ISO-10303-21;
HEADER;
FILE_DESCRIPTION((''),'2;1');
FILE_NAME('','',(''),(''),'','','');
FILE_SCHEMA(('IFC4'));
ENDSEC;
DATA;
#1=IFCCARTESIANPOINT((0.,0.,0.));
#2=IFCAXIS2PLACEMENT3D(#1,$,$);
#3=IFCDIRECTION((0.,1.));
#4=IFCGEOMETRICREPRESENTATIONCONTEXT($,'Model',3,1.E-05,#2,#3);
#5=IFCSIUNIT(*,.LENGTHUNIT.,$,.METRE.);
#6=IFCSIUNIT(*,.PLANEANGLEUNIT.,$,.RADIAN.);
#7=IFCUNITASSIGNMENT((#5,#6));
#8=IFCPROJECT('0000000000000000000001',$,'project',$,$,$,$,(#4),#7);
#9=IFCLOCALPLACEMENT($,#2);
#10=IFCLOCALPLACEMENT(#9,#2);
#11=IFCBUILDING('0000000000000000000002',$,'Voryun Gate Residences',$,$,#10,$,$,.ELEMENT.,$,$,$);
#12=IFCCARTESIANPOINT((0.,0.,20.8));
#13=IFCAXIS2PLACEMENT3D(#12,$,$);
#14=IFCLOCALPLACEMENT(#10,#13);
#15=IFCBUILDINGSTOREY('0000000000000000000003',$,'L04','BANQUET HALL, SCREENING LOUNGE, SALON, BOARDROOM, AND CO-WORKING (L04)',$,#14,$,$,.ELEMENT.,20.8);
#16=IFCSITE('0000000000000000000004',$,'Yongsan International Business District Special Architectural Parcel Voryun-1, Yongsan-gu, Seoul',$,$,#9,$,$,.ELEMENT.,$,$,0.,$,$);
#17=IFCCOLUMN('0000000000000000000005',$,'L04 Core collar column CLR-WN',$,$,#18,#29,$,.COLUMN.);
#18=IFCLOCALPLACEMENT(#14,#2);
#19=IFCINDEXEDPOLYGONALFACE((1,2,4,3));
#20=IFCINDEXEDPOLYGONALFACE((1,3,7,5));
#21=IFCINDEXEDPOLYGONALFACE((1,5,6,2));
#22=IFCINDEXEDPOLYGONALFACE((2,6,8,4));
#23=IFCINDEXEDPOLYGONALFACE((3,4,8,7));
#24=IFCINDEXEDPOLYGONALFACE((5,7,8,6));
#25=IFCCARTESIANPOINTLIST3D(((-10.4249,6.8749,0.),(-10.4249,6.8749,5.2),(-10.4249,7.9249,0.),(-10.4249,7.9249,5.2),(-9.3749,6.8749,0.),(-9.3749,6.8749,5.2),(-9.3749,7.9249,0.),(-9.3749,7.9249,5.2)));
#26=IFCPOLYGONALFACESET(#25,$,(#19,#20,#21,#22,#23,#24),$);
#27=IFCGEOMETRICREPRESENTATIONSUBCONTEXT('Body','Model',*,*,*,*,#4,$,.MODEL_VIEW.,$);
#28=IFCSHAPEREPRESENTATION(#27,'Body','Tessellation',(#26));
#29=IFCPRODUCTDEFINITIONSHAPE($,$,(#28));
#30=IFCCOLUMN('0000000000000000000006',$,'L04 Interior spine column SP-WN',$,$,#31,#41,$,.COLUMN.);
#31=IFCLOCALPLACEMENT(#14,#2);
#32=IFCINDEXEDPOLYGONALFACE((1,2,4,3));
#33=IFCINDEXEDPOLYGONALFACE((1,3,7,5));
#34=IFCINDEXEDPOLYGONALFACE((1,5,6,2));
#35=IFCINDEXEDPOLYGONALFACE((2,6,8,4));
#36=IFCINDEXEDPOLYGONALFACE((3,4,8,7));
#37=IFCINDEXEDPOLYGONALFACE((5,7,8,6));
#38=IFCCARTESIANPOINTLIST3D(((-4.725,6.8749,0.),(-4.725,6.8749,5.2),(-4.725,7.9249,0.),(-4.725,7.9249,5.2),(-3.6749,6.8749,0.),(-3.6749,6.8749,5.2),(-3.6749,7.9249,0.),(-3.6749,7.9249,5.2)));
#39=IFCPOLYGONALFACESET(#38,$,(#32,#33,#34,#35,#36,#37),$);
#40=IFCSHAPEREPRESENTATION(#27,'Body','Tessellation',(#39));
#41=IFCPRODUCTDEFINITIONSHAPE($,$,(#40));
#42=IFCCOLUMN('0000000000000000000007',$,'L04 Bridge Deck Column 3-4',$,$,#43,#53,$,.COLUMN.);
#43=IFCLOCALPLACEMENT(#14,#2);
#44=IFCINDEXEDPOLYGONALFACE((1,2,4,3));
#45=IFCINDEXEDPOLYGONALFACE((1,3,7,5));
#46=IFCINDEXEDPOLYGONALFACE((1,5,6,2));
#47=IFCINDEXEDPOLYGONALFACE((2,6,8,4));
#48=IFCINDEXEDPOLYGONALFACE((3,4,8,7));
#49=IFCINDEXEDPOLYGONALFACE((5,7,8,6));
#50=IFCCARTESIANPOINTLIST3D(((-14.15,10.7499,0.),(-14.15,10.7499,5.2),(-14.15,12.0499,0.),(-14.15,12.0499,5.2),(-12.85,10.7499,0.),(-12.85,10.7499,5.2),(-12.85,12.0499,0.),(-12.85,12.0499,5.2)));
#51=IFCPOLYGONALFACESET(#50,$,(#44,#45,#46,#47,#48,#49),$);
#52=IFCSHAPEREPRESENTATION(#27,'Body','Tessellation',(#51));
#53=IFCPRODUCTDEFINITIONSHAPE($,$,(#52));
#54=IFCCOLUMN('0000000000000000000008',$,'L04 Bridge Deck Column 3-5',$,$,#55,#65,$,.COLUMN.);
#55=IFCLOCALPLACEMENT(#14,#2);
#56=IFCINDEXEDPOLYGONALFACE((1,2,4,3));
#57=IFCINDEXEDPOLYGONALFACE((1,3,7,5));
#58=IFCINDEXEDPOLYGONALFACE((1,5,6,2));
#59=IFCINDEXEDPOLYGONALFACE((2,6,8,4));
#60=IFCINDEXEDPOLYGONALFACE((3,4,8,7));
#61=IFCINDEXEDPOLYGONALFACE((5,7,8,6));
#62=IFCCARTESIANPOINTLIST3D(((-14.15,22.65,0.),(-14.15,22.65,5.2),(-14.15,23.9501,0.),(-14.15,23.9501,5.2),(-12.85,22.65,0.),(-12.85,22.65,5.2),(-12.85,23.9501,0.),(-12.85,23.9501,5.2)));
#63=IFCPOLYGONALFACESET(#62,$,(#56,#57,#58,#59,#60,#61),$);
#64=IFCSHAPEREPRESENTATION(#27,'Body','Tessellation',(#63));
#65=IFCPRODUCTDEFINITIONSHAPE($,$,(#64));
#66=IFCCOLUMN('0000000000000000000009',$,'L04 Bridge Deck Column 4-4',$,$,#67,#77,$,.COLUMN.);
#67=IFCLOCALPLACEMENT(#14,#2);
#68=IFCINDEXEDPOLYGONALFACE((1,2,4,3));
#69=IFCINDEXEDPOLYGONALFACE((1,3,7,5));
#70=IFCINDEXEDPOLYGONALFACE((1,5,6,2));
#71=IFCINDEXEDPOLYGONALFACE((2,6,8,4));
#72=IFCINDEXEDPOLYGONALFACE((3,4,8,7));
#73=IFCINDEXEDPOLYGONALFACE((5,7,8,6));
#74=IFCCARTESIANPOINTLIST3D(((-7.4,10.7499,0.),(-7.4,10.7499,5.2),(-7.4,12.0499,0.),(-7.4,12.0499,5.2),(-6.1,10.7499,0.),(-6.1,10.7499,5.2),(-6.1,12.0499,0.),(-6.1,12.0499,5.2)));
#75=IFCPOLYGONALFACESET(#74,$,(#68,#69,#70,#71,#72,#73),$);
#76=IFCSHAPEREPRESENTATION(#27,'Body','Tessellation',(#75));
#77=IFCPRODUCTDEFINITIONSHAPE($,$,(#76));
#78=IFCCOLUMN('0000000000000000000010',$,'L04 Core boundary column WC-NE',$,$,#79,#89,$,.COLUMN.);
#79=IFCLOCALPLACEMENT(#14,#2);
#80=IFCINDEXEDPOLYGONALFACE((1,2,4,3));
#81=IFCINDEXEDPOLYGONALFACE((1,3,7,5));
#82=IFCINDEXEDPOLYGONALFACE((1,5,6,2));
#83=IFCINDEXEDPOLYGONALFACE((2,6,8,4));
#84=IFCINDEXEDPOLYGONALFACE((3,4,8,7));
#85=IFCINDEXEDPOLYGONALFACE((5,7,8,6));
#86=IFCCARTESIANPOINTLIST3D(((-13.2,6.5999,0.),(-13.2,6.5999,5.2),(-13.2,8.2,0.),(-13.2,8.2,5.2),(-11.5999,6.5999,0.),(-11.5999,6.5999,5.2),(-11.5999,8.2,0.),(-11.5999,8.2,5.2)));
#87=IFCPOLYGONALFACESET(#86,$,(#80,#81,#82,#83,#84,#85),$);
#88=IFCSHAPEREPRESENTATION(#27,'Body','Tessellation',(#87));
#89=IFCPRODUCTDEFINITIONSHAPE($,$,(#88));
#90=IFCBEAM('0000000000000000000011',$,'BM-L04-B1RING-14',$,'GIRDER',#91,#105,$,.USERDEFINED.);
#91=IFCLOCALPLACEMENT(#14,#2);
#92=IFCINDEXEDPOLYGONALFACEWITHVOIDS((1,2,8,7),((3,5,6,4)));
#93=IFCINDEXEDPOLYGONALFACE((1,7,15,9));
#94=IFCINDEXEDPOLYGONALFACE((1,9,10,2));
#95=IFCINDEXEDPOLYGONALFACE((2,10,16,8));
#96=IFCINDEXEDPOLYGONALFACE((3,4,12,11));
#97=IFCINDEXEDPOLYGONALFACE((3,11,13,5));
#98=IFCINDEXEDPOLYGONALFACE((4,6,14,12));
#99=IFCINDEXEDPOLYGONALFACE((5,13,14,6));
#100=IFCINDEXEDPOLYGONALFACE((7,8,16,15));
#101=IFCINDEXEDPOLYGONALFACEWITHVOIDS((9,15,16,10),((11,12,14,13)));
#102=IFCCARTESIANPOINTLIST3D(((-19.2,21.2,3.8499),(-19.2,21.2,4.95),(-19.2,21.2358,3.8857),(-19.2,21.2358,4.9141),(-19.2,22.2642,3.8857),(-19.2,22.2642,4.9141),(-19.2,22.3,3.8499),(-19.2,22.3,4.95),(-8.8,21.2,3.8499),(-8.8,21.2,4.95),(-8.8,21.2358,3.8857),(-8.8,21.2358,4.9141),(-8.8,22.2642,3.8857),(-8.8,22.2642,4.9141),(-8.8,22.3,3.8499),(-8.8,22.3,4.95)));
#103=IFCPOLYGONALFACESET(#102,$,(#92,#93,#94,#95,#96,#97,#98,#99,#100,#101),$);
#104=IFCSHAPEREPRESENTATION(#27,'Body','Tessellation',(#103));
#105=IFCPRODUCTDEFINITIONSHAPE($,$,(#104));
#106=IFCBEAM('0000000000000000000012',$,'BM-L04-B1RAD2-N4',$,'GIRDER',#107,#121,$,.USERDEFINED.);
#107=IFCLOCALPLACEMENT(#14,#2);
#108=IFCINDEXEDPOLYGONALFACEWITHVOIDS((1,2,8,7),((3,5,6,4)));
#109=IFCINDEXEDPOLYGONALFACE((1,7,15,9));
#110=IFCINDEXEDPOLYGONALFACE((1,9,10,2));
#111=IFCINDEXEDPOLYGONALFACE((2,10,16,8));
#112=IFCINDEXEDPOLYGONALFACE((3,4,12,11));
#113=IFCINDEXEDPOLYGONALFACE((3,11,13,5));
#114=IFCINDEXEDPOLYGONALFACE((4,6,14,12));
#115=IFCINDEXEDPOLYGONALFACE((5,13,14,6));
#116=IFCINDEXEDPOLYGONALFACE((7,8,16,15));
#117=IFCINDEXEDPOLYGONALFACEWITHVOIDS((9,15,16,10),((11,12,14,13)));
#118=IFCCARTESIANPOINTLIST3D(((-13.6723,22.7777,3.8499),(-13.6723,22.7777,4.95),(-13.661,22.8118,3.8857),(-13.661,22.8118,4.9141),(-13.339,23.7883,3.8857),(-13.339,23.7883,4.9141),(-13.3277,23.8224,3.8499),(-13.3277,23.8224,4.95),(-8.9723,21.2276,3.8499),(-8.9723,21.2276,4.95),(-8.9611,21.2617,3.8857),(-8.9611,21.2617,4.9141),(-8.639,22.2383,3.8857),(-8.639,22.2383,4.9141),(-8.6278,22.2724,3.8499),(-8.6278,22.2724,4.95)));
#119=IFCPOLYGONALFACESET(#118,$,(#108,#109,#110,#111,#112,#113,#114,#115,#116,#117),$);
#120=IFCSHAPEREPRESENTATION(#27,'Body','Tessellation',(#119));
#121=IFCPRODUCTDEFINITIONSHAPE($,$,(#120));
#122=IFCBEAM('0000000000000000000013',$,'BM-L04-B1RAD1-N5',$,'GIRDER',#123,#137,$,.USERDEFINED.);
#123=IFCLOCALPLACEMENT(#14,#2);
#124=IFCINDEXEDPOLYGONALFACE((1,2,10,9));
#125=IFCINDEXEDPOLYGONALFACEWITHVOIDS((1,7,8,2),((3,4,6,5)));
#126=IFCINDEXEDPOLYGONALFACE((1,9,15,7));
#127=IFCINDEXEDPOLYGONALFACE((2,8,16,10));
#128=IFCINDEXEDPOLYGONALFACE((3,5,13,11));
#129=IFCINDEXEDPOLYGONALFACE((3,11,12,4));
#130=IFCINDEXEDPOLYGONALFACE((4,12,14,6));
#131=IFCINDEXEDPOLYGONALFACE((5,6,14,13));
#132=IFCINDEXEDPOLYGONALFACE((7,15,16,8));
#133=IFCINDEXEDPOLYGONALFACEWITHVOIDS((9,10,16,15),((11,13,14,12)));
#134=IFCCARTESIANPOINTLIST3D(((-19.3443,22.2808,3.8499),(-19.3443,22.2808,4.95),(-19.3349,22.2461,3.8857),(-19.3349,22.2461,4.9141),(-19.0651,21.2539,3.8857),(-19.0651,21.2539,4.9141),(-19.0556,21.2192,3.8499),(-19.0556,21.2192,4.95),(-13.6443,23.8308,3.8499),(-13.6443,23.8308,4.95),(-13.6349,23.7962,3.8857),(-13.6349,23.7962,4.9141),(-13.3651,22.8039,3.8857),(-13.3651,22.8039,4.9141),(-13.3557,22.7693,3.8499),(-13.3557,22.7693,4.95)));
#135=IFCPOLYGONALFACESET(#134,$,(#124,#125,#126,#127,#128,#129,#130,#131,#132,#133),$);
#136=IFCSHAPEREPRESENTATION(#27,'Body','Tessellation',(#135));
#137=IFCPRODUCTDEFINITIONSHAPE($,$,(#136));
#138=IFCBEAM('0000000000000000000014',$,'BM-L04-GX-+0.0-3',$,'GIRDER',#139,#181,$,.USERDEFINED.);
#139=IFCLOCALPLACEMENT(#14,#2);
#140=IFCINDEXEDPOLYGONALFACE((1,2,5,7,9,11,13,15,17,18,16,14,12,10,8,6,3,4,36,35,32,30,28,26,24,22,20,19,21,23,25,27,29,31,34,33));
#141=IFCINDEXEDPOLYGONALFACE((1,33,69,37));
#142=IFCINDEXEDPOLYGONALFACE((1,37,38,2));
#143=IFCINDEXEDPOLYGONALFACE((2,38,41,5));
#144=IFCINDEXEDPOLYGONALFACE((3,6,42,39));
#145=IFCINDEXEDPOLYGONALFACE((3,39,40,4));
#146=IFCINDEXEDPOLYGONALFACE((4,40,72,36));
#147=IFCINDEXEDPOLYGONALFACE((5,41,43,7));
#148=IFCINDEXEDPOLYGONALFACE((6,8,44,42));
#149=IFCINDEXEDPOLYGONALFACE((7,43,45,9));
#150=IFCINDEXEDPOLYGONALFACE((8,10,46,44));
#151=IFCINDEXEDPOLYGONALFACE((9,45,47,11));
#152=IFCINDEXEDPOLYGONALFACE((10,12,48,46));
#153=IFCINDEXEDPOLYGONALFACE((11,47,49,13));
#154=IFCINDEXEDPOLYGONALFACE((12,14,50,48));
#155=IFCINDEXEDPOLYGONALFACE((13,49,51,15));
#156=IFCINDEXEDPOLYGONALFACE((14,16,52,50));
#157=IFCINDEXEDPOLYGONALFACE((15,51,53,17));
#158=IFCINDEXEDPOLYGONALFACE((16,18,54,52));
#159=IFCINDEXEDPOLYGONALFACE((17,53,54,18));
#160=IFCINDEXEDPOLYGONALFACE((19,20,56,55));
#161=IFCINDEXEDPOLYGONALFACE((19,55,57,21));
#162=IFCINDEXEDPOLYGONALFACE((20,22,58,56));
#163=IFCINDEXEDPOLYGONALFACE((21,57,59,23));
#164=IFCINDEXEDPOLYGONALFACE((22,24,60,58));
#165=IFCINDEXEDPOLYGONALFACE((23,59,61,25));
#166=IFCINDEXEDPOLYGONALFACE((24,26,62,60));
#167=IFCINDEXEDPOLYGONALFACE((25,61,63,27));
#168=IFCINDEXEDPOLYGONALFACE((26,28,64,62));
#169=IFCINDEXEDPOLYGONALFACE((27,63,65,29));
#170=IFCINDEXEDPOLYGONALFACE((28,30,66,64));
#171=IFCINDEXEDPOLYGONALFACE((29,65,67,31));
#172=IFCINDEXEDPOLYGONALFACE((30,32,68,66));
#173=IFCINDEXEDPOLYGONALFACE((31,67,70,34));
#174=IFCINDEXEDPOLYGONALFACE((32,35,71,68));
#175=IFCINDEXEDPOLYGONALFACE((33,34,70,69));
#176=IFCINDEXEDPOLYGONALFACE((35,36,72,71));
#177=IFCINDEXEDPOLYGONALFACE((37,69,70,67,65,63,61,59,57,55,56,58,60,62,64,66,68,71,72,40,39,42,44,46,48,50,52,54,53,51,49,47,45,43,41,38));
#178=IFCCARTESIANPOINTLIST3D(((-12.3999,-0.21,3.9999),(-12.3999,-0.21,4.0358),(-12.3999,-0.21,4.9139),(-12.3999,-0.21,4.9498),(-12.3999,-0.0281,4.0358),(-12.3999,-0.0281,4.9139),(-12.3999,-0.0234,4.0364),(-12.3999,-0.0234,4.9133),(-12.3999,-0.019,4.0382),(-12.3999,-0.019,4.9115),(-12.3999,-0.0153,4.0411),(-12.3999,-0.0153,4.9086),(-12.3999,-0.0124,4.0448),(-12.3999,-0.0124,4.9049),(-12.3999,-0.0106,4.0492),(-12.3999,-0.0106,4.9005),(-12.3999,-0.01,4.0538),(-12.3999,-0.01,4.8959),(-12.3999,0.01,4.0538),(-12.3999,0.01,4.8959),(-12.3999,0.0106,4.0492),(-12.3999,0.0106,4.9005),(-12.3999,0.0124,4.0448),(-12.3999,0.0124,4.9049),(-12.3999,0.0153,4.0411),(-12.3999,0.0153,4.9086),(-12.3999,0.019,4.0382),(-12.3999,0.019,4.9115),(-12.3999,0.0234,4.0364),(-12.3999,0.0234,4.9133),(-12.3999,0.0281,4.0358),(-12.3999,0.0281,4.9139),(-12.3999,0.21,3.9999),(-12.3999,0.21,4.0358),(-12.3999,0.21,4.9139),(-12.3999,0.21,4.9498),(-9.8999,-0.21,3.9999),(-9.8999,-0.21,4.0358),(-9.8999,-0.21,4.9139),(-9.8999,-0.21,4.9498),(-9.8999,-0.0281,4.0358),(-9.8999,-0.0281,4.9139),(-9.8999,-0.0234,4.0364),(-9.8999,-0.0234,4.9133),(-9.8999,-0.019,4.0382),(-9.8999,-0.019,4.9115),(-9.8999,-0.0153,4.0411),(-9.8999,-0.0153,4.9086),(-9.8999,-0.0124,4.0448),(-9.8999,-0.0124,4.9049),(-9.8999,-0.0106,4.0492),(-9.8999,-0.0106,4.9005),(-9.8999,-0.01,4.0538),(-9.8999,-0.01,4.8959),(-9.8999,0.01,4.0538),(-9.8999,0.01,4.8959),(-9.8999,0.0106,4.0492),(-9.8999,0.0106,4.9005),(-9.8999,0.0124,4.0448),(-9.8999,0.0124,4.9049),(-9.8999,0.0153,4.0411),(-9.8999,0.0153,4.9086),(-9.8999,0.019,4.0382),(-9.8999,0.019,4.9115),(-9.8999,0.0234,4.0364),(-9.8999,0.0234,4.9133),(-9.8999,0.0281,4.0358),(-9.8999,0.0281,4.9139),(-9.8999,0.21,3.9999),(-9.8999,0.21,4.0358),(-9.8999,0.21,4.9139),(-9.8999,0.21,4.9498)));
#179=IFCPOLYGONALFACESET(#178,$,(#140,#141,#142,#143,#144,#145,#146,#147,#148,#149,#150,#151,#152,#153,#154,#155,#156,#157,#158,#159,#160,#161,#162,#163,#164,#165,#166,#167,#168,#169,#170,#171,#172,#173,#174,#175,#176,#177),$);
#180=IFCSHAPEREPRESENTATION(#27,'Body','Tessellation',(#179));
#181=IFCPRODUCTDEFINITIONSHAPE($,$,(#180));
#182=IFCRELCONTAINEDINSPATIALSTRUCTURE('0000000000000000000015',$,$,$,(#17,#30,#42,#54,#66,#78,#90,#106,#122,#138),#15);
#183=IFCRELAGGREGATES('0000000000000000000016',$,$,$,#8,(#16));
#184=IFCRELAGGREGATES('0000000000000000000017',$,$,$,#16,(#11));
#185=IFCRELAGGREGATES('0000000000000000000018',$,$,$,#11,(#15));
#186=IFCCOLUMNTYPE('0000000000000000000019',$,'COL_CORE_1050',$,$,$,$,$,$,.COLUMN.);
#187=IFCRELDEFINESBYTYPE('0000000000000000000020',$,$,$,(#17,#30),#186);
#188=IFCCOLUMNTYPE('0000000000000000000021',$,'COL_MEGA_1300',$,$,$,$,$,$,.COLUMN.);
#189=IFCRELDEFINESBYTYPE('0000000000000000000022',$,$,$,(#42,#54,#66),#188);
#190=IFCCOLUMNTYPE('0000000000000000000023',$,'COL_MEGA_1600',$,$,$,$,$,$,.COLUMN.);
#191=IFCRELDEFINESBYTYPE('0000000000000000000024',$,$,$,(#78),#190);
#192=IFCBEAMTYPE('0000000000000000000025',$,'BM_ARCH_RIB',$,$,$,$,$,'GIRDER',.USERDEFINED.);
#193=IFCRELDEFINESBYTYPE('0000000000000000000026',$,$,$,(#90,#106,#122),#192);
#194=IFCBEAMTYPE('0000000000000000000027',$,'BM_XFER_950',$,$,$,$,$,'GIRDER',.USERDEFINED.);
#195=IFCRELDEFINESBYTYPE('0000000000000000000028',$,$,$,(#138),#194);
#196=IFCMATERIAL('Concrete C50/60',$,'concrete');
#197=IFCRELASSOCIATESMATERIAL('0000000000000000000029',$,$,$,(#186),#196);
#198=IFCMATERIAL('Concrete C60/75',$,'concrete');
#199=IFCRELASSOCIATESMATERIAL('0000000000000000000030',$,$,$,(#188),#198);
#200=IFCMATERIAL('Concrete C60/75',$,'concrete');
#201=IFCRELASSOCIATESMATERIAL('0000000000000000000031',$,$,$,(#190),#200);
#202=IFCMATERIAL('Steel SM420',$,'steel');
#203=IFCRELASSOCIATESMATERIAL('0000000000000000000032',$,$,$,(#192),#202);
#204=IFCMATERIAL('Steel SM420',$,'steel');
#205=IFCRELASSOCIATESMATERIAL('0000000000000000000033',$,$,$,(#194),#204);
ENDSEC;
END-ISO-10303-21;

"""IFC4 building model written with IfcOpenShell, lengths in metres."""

from ifc_helpers import new_model, si_unit, direction, frame, origin, origin_2d, place, context, subcontext, project, spatial, rectangle, hollow_rectangle, i_section, extrude, material, material_profile, profile_set, type_object, element, save


model = new_model("IFC4")

# Units and contexts
model_context = context("Model", 3, precision=1e-05, world=origin(), true_north=direction((0.0, 1.0)))
body_context = subcontext(model_context, "Body", "Model", "MODEL_VIEW")
ifc_project = project(units=[si_unit("LENGTHUNIT", "METRE"), si_unit("PLANEANGLEUNIT", "RADIAN")], contexts=[model_context])

# Site, building, storey
site_placement = place(None, origin())
site = spatial("IfcSite", under=ifc_project, at=site_placement, Name="Yongsan International Business District Special Architectural Parcel Voryun-1, Yongsan-gu, Seoul", CompositionType="ELEMENT", RefElevation=0.0)
building_placement = place(site_placement, origin())
building = spatial("IfcBuilding", under=site, at=building_placement, Name="Voryun Gate Residences", CompositionType="ELEMENT")
storey_placement = place(building_placement, frame((0.0, 0.0, 20.8)))
storey = spatial("IfcBuildingStorey", under=building, at=storey_placement, Name="L04", Description="BANQUET HALL, SCREENING LOUNGE, SALON, BOARDROOM, AND CO-WORKING (L04)", CompositionType="ELEMENT", Elevation=20.8)

# Columns
ifc_material_1 = material(Name="Concrete C50/60", Category="concrete")
ifc_material_profile_1 = material_profile(ifc_material_1, rectangle(XDim=1.05, YDim=1.05, at=origin_2d()), Name="RC-1050x1050")
ifc_profile_set_1 = profile_set([ifc_material_profile_1], Name="Concrete C50/60")
column_type_1 = type_object("IfcColumnType", Name="COL_CORE_1050", PredefinedType="COLUMN", material=ifc_profile_set_1)
for number, where, z_axis, x_axis, name in (
    (1, (-9.8999, 7.3999, 0.0), (0.0, 0.0, 1.0), (1.0, 0.0, 0.0), "L04 Core collar column CLR-WN"),
    (2, (-4.2, 7.3999, 0.0), (0.0, 0.0, 1.0), (1.0, 0.0, 0.0), "L04 Interior spine column SP-WN"),
):
    element("IfcColumn", number, at=place(storey_placement, frame(where, z_axis=z_axis, x_axis=x_axis)), inside=storey, type_object=column_type_1, Name=name, PredefinedType="COLUMN", context=body_context, shape_type="SweptSolid", body=[
        extrude(rectangle(XDim=1.05, YDim=1.05, at=origin_2d()), origin(), (0.0, 0.0, 1.0), 5.2),
    ])
ifc_material_2 = material(Name="Concrete C60/75", Category="concrete")
ifc_material_profile_2 = material_profile(ifc_material_2, rectangle(XDim=1.3, YDim=1.3, at=origin_2d()), Name="RC-1300x1300")
ifc_profile_set_2 = profile_set([ifc_material_profile_2], Name="Concrete C60/75")
column_type_2 = type_object("IfcColumnType", Name="COL_MEGA_1300", PredefinedType="COLUMN", material=ifc_profile_set_2)
for number, where, z_axis, x_axis, name in (
    (3, (-13.5, 11.3999, 0.0), (0.0, 0.0, 1.0), (1.0, 0.0, 0.0), "L04 Bridge Deck Column 3-4"),
    (4, (-13.5, 23.3, 0.0), (0.0, 0.0, 1.0), (1.0, 0.0, 0.0), "L04 Bridge Deck Column 3-5"),
    (5, (-6.75, 11.3999, 0.0), (0.0, 0.0, 1.0), (1.0, 0.0, 0.0), "L04 Bridge Deck Column 4-4"),
):
    element("IfcColumn", number, at=place(storey_placement, frame(where, z_axis=z_axis, x_axis=x_axis)), inside=storey, type_object=column_type_2, Name=name, PredefinedType="COLUMN", context=body_context, shape_type="SweptSolid", body=[
        extrude(rectangle(XDim=1.3, YDim=1.3, at=origin_2d()), origin(), (0.0, 0.0, 1.0), 5.2),
    ])
ifc_material_3 = material(Name="Concrete C60/75", Category="concrete")
ifc_material_profile_3 = material_profile(ifc_material_3, rectangle(XDim=1.6001, YDim=1.6001, at=origin_2d()), Name="RC-1600x1600")
ifc_profile_set_3 = profile_set([ifc_material_profile_3], Name="Concrete C60/75")
column_type_3 = type_object("IfcColumnType", Name="COL_MEGA_1600", PredefinedType="COLUMN", material=ifc_profile_set_3)
column_placement = place(storey_placement, frame((-12.3999, 7.3999, 0.0), z_axis=(0.0, 0.0, 1.0), x_axis=(1.0, 0.0, 0.0)))
element("IfcColumn", 6, at=column_placement, inside=storey, type_object=column_type_3, Name="L04 Core boundary column WC-NE", PredefinedType="COLUMN", context=body_context, shape_type="SweptSolid", body=[
    extrude(rectangle(XDim=1.6001, YDim=1.6001, at=origin_2d()), origin(), (0.0, 0.0, 1.0), 5.2),
])

# Beams
ifc_material_4 = material(Name="Steel SM420", Category="steel")
ifc_material_profile_4 = material_profile(ifc_material_4, hollow_rectangle(XDim=1.1001, YDim=1.1001, WallThickness=0.0359, at=origin_2d()), Name="BOX-1100x1100x36")
ifc_profile_set_4 = profile_set([ifc_material_profile_4], Name="Steel SM420")
beam_type_1 = type_object("IfcBeamType", Name="BM_ARCH_RIB", ElementType="GIRDER", PredefinedType="USERDEFINED", material=ifc_profile_set_4)
beam_1_placement = place(storey_placement, frame((-8.8, 21.75, 4.3999), z_axis=(-1.0, 0.0, 0.0), x_axis=(0.0, -1.0, 0.0)))
element("IfcBeam", 7, at=beam_1_placement, inside=storey, type_object=beam_type_1, Name="BM-L04-B1RING-14", ObjectType="GIRDER", PredefinedType="USERDEFINED", context=body_context, shape_type="SweptSolid", body=[
    extrude(hollow_rectangle(XDim=1.1001, YDim=1.1001, WallThickness=0.0359, at=origin_2d()), origin(), (0.0, 0.0, 1.0), 10.3999),
])
beam_2_placement = place(storey_placement, frame((-13.5, 23.3, 4.3999), z_axis=(0.949685, -0.313207, 0.0), x_axis=(0.313207, 0.949685, 0.0)))
element("IfcBeam", 8, at=beam_2_placement, inside=storey, type_object=beam_type_1, Name="BM-L04-B1RAD2-N4", ObjectType="GIRDER", PredefinedType="USERDEFINED", context=body_context, shape_type="SweptSolid", body=[
    extrude(hollow_rectangle(XDim=1.1001, YDim=1.1001, WallThickness=0.0359, at=origin_2d()), origin(), (0.0, 0.0, 1.0), 4.949),
])
beam_3_placement = place(storey_placement, frame((-13.5, 23.3, 4.3999), z_axis=(-0.964956, -0.262411, 0.0), x_axis=(0.262411, -0.964956, 0.0)))
element("IfcBeam", 9, at=beam_3_placement, inside=storey, type_object=beam_type_1, Name="BM-L04-B1RAD1-N5", ObjectType="GIRDER", PredefinedType="USERDEFINED", context=body_context, shape_type="SweptSolid", body=[
    extrude(hollow_rectangle(XDim=1.1001, YDim=1.1001, WallThickness=0.0359, at=origin_2d()), origin(), (0.0, 0.0, 1.0), 5.907),
])
ifc_material_5 = material(Name="Steel SM420", Category="steel")
ifc_material_profile_5 = material_profile(ifc_material_5, i_section(OverallWidth=0.4199, OverallDepth=0.95, WebThickness=0.02, FlangeThickness=0.0359, FilletRadius=0.0181, at=origin_2d()), Name="H-950x420x20x36")
ifc_profile_set_5 = profile_set([ifc_material_profile_5], Name="Steel SM420")
beam_type_2 = type_object("IfcBeamType", Name="BM_XFER_950", ElementType="GIRDER", PredefinedType="USERDEFINED", material=ifc_profile_set_5)
beam_4_placement = place(storey_placement, frame((-12.3999, 0.0, 4.4749), z_axis=(1.0, 0.0, 0.0), x_axis=(0.0, 1.0, 0.0)))
element("IfcBeam", 10, at=beam_4_placement, inside=storey, type_object=beam_type_2, Name="BM-L04-GX-+0.0-3", ObjectType="GIRDER", PredefinedType="USERDEFINED", context=body_context, shape_type="SweptSolid", body=[
    extrude(i_section(OverallWidth=0.4199, OverallDepth=0.95, WebThickness=0.02, FlangeThickness=0.0359, FilletRadius=0.0181, at=origin_2d()), origin(), (0.0, 0.0, 1.0), 2.5),
])

save(model, "model.ifc")
